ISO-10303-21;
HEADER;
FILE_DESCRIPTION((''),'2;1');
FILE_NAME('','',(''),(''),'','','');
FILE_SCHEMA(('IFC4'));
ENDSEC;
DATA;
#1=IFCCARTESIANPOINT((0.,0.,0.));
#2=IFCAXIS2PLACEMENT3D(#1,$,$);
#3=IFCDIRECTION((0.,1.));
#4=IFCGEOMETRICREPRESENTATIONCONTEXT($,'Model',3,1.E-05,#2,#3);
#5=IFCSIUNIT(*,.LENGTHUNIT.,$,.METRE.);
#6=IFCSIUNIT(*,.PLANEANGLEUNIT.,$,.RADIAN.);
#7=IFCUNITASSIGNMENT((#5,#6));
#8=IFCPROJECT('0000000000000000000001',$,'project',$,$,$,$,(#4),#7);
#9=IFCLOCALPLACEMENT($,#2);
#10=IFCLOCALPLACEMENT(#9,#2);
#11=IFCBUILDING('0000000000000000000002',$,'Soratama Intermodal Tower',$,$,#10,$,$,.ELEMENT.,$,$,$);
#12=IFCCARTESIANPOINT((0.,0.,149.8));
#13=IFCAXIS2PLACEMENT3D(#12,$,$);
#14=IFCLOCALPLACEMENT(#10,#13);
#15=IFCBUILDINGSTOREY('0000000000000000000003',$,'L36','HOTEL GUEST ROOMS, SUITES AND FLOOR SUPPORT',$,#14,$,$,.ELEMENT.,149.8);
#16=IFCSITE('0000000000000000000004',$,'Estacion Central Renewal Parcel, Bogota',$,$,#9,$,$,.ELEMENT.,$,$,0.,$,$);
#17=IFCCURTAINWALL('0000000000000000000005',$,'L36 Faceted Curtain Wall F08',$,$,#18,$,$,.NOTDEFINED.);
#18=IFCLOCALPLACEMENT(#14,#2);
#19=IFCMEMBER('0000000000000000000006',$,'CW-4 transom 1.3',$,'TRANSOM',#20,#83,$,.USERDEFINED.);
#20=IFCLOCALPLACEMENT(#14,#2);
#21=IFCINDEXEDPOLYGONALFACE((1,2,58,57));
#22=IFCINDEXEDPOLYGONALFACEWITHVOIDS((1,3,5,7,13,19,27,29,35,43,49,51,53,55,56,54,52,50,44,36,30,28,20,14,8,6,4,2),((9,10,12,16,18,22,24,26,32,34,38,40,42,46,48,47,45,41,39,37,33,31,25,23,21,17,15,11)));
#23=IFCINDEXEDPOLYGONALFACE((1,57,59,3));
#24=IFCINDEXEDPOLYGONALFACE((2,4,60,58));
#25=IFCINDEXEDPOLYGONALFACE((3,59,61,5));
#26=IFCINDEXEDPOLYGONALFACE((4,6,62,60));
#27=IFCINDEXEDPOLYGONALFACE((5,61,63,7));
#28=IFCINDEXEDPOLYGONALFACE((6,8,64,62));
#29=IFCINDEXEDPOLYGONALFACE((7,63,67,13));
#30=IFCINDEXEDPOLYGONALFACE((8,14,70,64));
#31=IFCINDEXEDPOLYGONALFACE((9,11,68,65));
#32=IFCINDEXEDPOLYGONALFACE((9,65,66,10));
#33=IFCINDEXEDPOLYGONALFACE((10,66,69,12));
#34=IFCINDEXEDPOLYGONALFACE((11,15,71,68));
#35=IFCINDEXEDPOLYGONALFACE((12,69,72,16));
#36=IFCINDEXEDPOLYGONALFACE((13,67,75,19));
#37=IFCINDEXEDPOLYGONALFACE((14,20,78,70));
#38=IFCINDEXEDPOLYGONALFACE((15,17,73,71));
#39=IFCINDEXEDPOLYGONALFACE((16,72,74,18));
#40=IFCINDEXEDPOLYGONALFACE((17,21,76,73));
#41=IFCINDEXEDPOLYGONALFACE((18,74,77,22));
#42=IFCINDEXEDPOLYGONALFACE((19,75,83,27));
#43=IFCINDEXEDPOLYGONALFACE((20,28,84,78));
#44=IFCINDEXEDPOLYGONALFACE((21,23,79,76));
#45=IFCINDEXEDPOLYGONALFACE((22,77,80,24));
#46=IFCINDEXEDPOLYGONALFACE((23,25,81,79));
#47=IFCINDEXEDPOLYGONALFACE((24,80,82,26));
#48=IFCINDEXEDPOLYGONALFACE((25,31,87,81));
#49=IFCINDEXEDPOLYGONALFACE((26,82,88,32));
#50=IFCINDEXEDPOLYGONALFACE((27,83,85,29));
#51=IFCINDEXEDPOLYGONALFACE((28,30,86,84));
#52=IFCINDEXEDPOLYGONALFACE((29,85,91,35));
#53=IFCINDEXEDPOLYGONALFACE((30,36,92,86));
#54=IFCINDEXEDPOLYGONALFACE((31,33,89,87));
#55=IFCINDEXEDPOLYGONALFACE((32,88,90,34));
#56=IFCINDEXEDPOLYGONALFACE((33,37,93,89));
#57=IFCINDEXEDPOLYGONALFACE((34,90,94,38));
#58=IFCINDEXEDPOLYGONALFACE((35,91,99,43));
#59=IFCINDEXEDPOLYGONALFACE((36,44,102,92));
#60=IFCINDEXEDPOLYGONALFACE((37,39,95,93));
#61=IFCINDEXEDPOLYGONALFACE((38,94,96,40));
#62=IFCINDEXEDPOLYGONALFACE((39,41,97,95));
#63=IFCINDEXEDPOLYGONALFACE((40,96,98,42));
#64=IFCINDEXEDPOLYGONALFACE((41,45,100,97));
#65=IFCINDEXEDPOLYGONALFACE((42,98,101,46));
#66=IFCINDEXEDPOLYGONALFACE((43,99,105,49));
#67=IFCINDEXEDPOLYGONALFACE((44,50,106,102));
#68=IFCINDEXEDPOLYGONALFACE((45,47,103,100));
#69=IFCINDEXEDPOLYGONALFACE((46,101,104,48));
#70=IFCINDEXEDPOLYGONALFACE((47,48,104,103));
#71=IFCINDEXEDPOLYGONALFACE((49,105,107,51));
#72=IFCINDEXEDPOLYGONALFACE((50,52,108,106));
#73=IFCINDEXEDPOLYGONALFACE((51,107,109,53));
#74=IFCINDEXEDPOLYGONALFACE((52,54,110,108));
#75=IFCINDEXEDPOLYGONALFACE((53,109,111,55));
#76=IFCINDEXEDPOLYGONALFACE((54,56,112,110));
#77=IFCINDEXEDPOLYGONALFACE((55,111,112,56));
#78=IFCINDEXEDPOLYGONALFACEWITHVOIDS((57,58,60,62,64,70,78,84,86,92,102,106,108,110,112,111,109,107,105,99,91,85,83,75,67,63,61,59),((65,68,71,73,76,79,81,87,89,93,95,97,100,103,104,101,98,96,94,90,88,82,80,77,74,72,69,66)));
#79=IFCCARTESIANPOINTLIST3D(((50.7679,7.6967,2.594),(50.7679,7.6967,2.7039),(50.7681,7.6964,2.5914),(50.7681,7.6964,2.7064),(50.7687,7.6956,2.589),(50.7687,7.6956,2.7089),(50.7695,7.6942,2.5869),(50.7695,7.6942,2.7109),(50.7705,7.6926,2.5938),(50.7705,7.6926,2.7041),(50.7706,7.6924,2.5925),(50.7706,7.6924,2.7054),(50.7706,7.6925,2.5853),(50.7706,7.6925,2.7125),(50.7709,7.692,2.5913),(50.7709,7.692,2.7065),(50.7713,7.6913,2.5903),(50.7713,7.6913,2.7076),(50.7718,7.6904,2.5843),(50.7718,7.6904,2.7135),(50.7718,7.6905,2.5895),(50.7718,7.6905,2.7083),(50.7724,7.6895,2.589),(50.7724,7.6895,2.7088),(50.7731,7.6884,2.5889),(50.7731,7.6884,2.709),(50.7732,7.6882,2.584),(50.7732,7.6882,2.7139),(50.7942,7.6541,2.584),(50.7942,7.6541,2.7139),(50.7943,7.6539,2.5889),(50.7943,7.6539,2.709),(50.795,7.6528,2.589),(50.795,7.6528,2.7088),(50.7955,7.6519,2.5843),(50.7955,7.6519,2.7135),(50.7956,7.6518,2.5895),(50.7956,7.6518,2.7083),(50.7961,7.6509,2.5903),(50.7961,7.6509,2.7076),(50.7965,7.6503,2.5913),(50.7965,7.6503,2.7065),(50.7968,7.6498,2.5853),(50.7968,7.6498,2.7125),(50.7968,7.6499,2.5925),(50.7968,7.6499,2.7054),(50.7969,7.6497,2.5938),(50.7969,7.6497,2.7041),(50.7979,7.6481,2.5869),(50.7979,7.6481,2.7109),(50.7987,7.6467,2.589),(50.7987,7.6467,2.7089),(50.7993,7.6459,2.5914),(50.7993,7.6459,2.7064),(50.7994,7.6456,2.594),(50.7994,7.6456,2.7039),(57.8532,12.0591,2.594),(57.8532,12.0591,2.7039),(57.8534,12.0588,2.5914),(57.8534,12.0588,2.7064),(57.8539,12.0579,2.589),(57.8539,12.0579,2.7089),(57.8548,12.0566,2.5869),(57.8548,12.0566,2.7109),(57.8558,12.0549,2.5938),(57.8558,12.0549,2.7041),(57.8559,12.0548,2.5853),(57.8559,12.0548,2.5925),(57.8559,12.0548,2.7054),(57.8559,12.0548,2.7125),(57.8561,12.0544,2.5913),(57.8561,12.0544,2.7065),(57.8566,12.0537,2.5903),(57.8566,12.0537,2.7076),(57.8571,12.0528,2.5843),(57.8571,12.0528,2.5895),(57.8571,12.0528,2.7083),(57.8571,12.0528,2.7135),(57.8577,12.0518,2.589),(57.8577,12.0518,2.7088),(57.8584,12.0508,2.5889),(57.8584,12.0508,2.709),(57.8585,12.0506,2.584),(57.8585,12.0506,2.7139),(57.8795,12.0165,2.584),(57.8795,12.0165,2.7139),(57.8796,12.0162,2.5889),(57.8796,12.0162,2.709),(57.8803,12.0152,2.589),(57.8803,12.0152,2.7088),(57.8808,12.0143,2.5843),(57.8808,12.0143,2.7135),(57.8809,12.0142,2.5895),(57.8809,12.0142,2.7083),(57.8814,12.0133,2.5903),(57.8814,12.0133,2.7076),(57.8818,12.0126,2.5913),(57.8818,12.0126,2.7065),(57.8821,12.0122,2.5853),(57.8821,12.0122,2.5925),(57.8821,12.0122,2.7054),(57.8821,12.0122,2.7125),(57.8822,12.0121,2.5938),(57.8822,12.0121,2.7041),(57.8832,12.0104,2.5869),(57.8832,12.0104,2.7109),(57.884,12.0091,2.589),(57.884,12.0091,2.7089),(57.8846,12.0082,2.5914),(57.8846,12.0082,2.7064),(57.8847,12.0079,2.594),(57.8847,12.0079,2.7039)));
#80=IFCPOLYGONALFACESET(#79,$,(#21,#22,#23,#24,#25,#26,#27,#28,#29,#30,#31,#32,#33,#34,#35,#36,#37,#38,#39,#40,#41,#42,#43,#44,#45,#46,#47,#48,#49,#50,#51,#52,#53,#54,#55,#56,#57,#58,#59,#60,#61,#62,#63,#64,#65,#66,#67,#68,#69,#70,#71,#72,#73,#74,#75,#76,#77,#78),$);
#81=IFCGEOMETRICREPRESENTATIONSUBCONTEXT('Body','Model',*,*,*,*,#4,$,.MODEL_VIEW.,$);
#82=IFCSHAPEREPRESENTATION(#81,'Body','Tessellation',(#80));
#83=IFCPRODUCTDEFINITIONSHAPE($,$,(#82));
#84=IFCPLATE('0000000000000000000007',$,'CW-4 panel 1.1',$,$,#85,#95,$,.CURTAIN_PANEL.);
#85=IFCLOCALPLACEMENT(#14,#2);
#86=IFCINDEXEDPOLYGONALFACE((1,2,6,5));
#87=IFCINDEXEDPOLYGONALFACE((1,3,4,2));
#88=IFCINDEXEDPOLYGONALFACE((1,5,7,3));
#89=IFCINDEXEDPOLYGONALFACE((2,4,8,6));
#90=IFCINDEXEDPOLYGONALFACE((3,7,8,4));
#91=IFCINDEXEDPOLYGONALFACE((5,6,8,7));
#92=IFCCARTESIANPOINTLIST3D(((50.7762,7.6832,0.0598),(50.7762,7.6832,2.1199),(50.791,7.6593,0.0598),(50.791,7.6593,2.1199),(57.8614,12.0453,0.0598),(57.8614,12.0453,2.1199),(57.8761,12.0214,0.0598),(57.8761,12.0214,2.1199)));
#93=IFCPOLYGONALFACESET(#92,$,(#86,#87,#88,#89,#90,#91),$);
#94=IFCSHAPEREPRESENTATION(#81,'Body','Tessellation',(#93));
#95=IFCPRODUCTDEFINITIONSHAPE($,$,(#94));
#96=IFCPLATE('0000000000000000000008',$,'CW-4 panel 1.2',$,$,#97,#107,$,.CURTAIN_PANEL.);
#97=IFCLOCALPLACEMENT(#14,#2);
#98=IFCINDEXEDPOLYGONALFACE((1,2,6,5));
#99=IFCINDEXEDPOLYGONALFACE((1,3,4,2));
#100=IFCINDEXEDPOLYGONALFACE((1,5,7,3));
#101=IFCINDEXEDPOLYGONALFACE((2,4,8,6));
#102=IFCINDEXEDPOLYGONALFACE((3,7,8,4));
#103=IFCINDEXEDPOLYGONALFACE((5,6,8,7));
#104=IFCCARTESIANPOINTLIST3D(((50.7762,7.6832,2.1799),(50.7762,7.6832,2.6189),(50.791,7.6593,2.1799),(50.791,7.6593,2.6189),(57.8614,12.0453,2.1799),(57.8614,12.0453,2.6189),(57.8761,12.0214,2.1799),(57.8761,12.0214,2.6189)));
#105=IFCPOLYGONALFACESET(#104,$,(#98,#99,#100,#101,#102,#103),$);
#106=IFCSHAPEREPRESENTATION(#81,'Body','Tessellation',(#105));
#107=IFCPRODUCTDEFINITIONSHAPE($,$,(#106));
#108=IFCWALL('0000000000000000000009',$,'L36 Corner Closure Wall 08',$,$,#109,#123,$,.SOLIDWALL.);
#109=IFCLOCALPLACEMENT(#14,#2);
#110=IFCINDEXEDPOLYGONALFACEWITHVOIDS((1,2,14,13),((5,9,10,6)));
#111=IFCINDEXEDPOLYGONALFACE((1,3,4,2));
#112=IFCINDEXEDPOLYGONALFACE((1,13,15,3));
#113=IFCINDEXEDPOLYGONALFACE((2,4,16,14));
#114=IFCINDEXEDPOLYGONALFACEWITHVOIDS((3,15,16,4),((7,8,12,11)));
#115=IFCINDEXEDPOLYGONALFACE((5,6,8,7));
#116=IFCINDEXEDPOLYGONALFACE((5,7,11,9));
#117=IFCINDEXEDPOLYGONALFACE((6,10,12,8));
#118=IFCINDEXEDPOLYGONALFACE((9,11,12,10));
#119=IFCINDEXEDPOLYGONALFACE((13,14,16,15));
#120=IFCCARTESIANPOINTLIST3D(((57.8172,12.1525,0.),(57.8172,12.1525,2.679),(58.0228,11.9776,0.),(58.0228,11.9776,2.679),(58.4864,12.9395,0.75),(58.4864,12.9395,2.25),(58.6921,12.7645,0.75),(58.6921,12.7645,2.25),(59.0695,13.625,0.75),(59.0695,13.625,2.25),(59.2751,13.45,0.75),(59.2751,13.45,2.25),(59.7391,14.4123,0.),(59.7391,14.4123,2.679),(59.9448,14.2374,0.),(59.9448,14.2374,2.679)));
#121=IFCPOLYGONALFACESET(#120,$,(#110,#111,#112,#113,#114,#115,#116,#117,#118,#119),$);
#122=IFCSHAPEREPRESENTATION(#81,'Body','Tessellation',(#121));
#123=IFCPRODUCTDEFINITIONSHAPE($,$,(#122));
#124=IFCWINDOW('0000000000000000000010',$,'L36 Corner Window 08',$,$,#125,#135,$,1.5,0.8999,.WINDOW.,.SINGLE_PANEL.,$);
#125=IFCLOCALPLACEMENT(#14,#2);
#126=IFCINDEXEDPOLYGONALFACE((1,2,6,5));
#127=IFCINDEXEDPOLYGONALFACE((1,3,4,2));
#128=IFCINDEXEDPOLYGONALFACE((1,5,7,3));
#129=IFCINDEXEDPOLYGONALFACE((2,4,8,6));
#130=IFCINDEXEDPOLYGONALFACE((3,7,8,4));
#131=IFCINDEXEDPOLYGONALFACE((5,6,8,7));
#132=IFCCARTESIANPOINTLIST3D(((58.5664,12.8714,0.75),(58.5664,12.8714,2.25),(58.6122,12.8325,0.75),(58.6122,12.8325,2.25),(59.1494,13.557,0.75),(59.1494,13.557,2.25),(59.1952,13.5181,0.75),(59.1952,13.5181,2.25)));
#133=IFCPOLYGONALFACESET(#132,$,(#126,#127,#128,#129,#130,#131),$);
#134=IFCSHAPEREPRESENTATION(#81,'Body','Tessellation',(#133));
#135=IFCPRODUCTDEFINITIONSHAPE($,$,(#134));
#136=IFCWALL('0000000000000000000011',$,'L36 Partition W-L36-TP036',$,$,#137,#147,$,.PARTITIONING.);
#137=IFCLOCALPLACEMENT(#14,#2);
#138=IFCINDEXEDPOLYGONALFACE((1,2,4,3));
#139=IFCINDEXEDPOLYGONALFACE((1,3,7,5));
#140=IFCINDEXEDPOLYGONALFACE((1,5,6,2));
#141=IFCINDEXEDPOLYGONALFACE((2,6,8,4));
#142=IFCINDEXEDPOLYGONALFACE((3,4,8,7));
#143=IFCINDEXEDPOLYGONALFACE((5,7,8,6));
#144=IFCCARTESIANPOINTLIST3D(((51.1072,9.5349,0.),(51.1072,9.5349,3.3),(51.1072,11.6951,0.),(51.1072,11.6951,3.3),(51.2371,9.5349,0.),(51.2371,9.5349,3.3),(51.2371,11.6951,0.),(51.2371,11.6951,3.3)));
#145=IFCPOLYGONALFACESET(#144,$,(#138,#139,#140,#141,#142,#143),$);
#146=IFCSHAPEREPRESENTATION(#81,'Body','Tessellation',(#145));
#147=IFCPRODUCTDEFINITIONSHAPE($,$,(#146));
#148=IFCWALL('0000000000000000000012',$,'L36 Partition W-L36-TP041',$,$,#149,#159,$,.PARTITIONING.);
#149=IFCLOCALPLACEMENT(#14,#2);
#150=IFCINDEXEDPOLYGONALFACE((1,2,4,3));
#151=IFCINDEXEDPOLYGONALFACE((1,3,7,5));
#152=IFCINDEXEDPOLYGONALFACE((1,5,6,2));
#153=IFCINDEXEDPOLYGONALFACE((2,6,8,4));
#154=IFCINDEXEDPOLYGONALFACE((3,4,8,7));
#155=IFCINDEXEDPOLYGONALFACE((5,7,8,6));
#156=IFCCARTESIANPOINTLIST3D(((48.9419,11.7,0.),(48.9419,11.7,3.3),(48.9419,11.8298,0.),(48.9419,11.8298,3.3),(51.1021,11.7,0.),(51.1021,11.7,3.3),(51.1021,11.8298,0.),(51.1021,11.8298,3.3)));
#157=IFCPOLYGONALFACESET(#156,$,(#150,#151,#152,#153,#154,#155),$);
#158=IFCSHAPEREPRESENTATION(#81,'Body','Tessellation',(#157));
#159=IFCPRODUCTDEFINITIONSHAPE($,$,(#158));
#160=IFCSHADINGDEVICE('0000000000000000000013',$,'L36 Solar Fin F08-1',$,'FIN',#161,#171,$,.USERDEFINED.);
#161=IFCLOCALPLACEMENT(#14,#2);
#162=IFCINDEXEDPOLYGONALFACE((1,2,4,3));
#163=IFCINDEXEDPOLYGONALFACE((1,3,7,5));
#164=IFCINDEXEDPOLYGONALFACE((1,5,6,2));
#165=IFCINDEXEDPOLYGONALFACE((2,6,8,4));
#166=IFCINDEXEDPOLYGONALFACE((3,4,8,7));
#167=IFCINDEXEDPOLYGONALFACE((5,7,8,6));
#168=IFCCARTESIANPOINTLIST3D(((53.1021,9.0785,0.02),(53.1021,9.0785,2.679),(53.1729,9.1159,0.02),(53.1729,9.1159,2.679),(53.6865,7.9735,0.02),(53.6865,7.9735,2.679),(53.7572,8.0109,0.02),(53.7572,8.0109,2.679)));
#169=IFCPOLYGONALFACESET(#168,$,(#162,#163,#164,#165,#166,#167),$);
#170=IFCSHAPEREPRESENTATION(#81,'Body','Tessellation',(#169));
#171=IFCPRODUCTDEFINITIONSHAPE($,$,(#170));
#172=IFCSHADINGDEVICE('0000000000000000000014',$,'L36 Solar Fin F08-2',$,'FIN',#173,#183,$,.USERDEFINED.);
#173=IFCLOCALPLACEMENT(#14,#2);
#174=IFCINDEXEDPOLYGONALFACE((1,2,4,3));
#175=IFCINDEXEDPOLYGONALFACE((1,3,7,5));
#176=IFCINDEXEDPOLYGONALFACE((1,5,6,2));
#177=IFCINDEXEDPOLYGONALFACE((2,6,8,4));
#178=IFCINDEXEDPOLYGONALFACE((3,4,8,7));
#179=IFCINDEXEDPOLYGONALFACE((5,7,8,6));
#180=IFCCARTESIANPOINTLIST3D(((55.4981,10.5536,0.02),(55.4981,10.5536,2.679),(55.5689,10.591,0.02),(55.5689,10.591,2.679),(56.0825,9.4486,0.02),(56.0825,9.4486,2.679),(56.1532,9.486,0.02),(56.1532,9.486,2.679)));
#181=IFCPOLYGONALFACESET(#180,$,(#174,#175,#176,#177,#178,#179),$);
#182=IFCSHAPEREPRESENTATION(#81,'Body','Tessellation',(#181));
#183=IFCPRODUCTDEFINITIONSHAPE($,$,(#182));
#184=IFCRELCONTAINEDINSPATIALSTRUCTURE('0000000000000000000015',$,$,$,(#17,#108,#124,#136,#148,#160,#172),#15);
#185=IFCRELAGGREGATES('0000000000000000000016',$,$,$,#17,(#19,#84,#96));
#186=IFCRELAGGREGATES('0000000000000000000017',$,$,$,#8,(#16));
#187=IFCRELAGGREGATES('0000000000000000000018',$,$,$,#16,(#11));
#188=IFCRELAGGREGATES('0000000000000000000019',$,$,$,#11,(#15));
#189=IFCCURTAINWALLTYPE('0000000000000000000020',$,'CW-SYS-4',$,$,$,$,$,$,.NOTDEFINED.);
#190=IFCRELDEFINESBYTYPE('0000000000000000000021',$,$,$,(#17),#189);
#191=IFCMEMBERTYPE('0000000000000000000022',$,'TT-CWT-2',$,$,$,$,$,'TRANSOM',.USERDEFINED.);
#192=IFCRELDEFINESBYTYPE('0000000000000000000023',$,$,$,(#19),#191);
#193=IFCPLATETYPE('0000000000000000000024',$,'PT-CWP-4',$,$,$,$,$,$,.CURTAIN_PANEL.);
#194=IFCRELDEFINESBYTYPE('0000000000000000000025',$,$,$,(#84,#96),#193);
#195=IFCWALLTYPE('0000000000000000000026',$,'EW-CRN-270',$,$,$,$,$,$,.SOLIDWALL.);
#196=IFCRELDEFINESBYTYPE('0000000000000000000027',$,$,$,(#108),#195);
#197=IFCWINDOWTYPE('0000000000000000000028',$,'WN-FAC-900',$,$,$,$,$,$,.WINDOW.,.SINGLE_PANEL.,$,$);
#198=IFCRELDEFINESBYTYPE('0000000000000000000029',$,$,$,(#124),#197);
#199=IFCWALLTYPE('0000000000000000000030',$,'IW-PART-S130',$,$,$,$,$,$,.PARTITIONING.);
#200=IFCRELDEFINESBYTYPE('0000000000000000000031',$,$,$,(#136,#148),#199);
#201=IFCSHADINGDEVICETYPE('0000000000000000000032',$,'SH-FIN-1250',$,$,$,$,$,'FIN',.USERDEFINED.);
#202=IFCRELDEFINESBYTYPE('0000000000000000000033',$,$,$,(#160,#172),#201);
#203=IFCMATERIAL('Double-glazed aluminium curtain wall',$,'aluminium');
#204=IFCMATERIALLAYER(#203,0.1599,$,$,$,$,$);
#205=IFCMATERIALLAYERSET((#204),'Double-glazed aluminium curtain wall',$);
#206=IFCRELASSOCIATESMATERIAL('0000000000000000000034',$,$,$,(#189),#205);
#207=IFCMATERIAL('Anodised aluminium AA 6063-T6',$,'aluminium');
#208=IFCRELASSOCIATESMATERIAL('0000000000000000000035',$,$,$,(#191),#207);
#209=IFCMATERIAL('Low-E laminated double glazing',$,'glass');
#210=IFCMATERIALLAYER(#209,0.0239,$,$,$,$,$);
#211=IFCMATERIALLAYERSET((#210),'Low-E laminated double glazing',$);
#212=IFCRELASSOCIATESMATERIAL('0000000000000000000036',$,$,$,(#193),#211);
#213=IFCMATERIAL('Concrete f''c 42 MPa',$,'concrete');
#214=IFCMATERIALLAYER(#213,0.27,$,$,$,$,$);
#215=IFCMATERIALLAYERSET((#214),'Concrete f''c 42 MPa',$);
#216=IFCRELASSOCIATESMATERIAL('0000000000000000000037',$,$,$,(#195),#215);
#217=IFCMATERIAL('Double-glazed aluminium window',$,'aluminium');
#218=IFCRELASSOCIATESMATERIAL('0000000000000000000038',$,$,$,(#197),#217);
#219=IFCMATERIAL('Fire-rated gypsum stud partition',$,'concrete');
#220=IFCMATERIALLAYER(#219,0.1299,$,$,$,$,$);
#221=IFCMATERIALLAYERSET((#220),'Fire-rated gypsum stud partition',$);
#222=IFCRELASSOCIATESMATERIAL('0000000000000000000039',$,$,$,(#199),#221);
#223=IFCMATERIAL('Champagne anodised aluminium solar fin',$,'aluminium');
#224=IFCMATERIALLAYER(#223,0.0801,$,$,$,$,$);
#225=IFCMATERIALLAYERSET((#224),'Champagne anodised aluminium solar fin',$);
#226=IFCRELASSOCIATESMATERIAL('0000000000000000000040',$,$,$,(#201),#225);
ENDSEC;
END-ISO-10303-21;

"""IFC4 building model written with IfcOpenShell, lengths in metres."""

from ifc_helpers import new_model, si_unit, direction, frame, frame_2d, origin, origin_2d, place, context, subcontext, project, spatial, rectangle, hollow_rectangle, extrude, material, layer, layer_set, material_profile, profile_set, type_object, element, fill, aggregate, save


model = new_model("IFC4")

# Units and contexts
model_context = context("Model", 3, precision=1e-05, world=origin(), true_north=direction((0.0, 1.0)))
body_context = subcontext(model_context, "Body", "Model", "MODEL_VIEW")
ifc_project = project(units=[si_unit("LENGTHUNIT", "METRE"), si_unit("PLANEANGLEUNIT", "RADIAN")], contexts=[model_context])

# Site, building, storey
site_placement = place(None, origin())
site = spatial("IfcSite", under=ifc_project, at=site_placement, Name="Estacion Central Renewal Parcel, Bogota", CompositionType="ELEMENT", RefElevation=0.0)
building_placement = place(site_placement, origin())
building = spatial("IfcBuilding", under=site, at=building_placement, Name="Soratama Intermodal Tower", CompositionType="ELEMENT")
storey_placement = place(building_placement, frame((0.0, 0.0, 149.8)))
storey = spatial("IfcBuildingStorey", under=building, at=storey_placement, Name="L36", Description="HOTEL GUEST ROOMS, SUITES AND FLOOR SUPPORT", CompositionType="ELEMENT", Elevation=149.8)

# Curtain wall, member, plates
ifc_material_1 = material(Name="Double-glazed aluminium curtain wall", Category="aluminium")
ifc_layer_1 = layer(ifc_material_1, 0.1599)
ifc_layer_set_1 = layer_set([ifc_layer_1], Name="Double-glazed aluminium curtain wall")
curtain_wall_type = type_object("IfcCurtainWallType", Name="CW-SYS-4", PredefinedType="NOTDEFINED", material=ifc_layer_set_1)
curtain_wall_placement = place(storey_placement, origin())
curtain_wall = element("IfcCurtainWall", 1, at=curtain_wall_placement, inside=storey, type_object=curtain_wall_type, Name="L36 Faceted Curtain Wall F08", PredefinedType="NOTDEFINED")
ifc_material_2 = material(Name="Anodised aluminium AA 6063-T6", Category="aluminium")
ifc_material_profile_1 = material_profile(ifc_material_2, hollow_rectangle(XDim=0.0601, YDim=0.1299, WallThickness=0.0049, InnerFilletRadius=0.0049, OuterFilletRadius=0.01, at=origin_2d()), Name="CWT130X60X5")
ifc_profile_set_1 = profile_set([ifc_material_profile_1], Name="Anodised aluminium AA 6063-T6")
member_type_1 = type_object("IfcMemberType", Name="TT-CWT-2", ElementType="TRANSOM", PredefinedType="USERDEFINED", material=ifc_profile_set_1)
member_1_placement = place(storey_placement, frame((50.7837, 7.6711, 2.6489), z_axis=(0.851541, 0.524287, 0.0), x_axis=(-0.524287, 0.851541, 0.0)))
member_1 = element("IfcMember", 2, at=member_1_placement, type_object=member_type_1, Name="CW-4 transom 1.3", ObjectType="TRANSOM", PredefinedType="USERDEFINED", context=body_context, shape_type="SweptSolid", body=[
    extrude(hollow_rectangle(XDim=0.0601, YDim=0.1299, WallThickness=0.0049, InnerFilletRadius=0.0049, OuterFilletRadius=0.01, at=origin_2d()), origin(), (0.0, 0.0, 1.0), 8.3206),
])
ifc_material_3 = material(Name="Low-E laminated double glazing", Category="glass")
ifc_layer_2 = layer(ifc_material_3, 0.0239)
ifc_layer_set_2 = layer_set([ifc_layer_2], Name="Low-E laminated double glazing")
plate_type = type_object("IfcPlateType", Name="PT-CWP-4", PredefinedType="CURTAIN_PANEL", material=ifc_layer_set_2)
plate_1_placement = place(storey_placement, frame((54.3262, 9.8523, 0.0598), z_axis=(0.0, 0.0, 1.0), x_axis=(0.851548, 0.524277, 0.0)))
plate_1 = element("IfcPlate", 3, at=plate_1_placement, type_object=plate_type, Name="CW-4 panel 1.1", PredefinedType="CURTAIN_PANEL", context=body_context, shape_type="SweptSolid", body=[
    extrude(rectangle(XDim=8.3203, YDim=0.0281, at=origin_2d()), origin(), (0.0, 0.0, 1.0), 2.0601),
])
plate_2_placement = place(storey_placement, frame((54.3262, 9.8523, 2.1799), z_axis=(0.0, 0.0, 1.0), x_axis=(0.851548, 0.524277, 0.0)))
plate_2 = element("IfcPlate", 4, at=plate_2_placement, type_object=plate_type, Name="CW-4 panel 1.2", PredefinedType="CURTAIN_PANEL", context=body_context, shape_type="SweptSolid", body=[
    extrude(rectangle(XDim=8.3203, YDim=0.0281, at=origin_2d()), origin(), (0.0, 0.0, 1.0), 0.439),
])
aggregate(curtain_wall, [member_1, plate_1, plate_2])

# Wall, opening, window
ifc_material_4 = material(Name="Concrete f'c 42 MPa", Category="concrete")
ifc_layer_3 = layer(ifc_material_4, 0.27)
ifc_layer_set_3 = layer_set([ifc_layer_3], Name="Concrete f'c 42 MPa")
wall_type_1 = type_object("IfcWallType", Name="EW-CRN-270", PredefinedType="SOLIDWALL", material=ifc_layer_set_3)
wall_placement = place(storey_placement, frame((57.9199, 12.0649, 0.0), z_axis=(0.0, 0.0, 1.0), x_axis=(0.647859, 0.761761, 0.0)))
wall = element("IfcWall", 5, at=wall_placement, inside=storey, type_object=wall_type_1, Name="L36 Corner Closure Wall 08", PredefinedType="SOLIDWALL", context=body_context, shape_type="SweptSolid", body=[
    extrude(rectangle(XDim=2.9666, YDim=0.27, at=frame_2d((1.4834, 0.0))), origin(), (0.0, 0.0, 1.0), 2.679),
])
opening_placement = place(wall_placement, frame((1.0332, 0.0, 0.75)))
opening = element("IfcOpeningElement", 6, at=opening_placement, cuts=wall, PredefinedType="OPENING", context=body_context, shape_type="SweptSolid", body=[
    extrude(rectangle(XDim=0.8999, YDim=1.5, at=frame_2d((0.45, 0.75))), frame((0.0, 0.145, 0.0), z_axis=(0.0, -1.0, 0.0), x_axis=(1.0, 0.0, 0.0)), (0.0, 0.0, 1.0), 0.29),
])
ifc_material_5 = material(Name="Double-glazed aluminium window", Category="aluminium")
window_type = type_object("IfcWindowType", Name="WN-FAC-900", PartitioningType="SINGLE_PANEL", PredefinedType="WINDOW", material=ifc_material_5)
window_placement = place(opening_placement, origin())
window = element("IfcWindow", 7, at=window_placement, inside=storey, type_object=window_type, Name="L36 Corner Window 08", OverallHeight=1.5, OverallWidth=0.8999, PartitioningType="SINGLE_PANEL", PredefinedType="WINDOW", context=body_context, shape_type="SweptSolid", body=[
    extrude(rectangle(XDim=0.8999, YDim=1.5, at=frame_2d((0.45, 0.75))), frame((0.0, 0.03, 0.0), z_axis=(0.0, -1.0, 0.0), x_axis=(1.0, 0.0, 0.0)), (0.0, 0.0, 1.0), 0.0601),
])
fill(opening, window)

# Walls
ifc_material_6 = material(Name="Fire-rated gypsum stud partition", Category="concrete")
ifc_layer_4 = layer(ifc_material_6, 0.1299)
ifc_layer_set_4 = layer_set([ifc_layer_4], Name="Fire-rated gypsum stud partition")
wall_type_2 = type_object("IfcWallType", Name="IW-PART-S130", PredefinedType="PARTITIONING", material=ifc_layer_set_4)
for number, where, z_axis, x_axis, name in (
    (8, (51.1721, 9.5349, 0.0), (0.0, 0.0, 1.0), (0.0, 1.0, 0.0), "L36 Partition W-L36-TP036"),
    (9, (51.1021, 11.7649, 0.0), (0.0, 0.0, 1.0), (-1.0, 0.0, 0.0), "L36 Partition W-L36-TP041"),
):
    element("IfcWall", number, at=place(storey_placement, frame(where, z_axis=z_axis, x_axis=x_axis)), inside=storey, type_object=wall_type_2, Name=name, PredefinedType="PARTITIONING", context=body_context, shape_type="SweptSolid", body=[
        extrude(rectangle(XDim=2.1602, YDim=0.1299, at=frame_2d((1.0801, 0.0))), origin(), (0.0, 0.0, 1.0), 3.3),
    ])

# Shading devices
ifc_material_7 = material(Name="Champagne anodised aluminium solar fin", Category="aluminium")
ifc_layer_5 = layer(ifc_material_7, 0.0801)
ifc_layer_set_5 = layer_set([ifc_layer_5], Name="Champagne anodised aluminium solar fin")
shading_device_type = type_object("IfcShadingDeviceType", Name="SH-FIN-1250", ElementType="FIN", PredefinedType="USERDEFINED", material=ifc_layer_set_5)
for number, where, z_axis, x_axis, name in (
    (10, (53.4297, 8.5447, 0.02), (0.0, 0.0, 1.0), (0.467467, -0.884011, 0.0), "L36 Solar Fin F08-1"),
    (11, (55.8257, 10.0198, 0.02), (0.0, 0.0, 1.0), (0.467467, -0.884011, 0.0), "L36 Solar Fin F08-2"),
):
    element("IfcShadingDevice", number, at=place(storey_placement, frame(where, z_axis=z_axis, x_axis=x_axis)), inside=storey, type_object=shading_device_type, Name=name, ObjectType="FIN", PredefinedType="USERDEFINED", context=body_context, shape_type="SweptSolid", body=[
        extrude(rectangle(XDim=1.25, YDim=0.0801, at=origin_2d()), origin(), (0.0, 0.0, 1.0), 2.6589),
    ])

save(model, "model.ifc")
